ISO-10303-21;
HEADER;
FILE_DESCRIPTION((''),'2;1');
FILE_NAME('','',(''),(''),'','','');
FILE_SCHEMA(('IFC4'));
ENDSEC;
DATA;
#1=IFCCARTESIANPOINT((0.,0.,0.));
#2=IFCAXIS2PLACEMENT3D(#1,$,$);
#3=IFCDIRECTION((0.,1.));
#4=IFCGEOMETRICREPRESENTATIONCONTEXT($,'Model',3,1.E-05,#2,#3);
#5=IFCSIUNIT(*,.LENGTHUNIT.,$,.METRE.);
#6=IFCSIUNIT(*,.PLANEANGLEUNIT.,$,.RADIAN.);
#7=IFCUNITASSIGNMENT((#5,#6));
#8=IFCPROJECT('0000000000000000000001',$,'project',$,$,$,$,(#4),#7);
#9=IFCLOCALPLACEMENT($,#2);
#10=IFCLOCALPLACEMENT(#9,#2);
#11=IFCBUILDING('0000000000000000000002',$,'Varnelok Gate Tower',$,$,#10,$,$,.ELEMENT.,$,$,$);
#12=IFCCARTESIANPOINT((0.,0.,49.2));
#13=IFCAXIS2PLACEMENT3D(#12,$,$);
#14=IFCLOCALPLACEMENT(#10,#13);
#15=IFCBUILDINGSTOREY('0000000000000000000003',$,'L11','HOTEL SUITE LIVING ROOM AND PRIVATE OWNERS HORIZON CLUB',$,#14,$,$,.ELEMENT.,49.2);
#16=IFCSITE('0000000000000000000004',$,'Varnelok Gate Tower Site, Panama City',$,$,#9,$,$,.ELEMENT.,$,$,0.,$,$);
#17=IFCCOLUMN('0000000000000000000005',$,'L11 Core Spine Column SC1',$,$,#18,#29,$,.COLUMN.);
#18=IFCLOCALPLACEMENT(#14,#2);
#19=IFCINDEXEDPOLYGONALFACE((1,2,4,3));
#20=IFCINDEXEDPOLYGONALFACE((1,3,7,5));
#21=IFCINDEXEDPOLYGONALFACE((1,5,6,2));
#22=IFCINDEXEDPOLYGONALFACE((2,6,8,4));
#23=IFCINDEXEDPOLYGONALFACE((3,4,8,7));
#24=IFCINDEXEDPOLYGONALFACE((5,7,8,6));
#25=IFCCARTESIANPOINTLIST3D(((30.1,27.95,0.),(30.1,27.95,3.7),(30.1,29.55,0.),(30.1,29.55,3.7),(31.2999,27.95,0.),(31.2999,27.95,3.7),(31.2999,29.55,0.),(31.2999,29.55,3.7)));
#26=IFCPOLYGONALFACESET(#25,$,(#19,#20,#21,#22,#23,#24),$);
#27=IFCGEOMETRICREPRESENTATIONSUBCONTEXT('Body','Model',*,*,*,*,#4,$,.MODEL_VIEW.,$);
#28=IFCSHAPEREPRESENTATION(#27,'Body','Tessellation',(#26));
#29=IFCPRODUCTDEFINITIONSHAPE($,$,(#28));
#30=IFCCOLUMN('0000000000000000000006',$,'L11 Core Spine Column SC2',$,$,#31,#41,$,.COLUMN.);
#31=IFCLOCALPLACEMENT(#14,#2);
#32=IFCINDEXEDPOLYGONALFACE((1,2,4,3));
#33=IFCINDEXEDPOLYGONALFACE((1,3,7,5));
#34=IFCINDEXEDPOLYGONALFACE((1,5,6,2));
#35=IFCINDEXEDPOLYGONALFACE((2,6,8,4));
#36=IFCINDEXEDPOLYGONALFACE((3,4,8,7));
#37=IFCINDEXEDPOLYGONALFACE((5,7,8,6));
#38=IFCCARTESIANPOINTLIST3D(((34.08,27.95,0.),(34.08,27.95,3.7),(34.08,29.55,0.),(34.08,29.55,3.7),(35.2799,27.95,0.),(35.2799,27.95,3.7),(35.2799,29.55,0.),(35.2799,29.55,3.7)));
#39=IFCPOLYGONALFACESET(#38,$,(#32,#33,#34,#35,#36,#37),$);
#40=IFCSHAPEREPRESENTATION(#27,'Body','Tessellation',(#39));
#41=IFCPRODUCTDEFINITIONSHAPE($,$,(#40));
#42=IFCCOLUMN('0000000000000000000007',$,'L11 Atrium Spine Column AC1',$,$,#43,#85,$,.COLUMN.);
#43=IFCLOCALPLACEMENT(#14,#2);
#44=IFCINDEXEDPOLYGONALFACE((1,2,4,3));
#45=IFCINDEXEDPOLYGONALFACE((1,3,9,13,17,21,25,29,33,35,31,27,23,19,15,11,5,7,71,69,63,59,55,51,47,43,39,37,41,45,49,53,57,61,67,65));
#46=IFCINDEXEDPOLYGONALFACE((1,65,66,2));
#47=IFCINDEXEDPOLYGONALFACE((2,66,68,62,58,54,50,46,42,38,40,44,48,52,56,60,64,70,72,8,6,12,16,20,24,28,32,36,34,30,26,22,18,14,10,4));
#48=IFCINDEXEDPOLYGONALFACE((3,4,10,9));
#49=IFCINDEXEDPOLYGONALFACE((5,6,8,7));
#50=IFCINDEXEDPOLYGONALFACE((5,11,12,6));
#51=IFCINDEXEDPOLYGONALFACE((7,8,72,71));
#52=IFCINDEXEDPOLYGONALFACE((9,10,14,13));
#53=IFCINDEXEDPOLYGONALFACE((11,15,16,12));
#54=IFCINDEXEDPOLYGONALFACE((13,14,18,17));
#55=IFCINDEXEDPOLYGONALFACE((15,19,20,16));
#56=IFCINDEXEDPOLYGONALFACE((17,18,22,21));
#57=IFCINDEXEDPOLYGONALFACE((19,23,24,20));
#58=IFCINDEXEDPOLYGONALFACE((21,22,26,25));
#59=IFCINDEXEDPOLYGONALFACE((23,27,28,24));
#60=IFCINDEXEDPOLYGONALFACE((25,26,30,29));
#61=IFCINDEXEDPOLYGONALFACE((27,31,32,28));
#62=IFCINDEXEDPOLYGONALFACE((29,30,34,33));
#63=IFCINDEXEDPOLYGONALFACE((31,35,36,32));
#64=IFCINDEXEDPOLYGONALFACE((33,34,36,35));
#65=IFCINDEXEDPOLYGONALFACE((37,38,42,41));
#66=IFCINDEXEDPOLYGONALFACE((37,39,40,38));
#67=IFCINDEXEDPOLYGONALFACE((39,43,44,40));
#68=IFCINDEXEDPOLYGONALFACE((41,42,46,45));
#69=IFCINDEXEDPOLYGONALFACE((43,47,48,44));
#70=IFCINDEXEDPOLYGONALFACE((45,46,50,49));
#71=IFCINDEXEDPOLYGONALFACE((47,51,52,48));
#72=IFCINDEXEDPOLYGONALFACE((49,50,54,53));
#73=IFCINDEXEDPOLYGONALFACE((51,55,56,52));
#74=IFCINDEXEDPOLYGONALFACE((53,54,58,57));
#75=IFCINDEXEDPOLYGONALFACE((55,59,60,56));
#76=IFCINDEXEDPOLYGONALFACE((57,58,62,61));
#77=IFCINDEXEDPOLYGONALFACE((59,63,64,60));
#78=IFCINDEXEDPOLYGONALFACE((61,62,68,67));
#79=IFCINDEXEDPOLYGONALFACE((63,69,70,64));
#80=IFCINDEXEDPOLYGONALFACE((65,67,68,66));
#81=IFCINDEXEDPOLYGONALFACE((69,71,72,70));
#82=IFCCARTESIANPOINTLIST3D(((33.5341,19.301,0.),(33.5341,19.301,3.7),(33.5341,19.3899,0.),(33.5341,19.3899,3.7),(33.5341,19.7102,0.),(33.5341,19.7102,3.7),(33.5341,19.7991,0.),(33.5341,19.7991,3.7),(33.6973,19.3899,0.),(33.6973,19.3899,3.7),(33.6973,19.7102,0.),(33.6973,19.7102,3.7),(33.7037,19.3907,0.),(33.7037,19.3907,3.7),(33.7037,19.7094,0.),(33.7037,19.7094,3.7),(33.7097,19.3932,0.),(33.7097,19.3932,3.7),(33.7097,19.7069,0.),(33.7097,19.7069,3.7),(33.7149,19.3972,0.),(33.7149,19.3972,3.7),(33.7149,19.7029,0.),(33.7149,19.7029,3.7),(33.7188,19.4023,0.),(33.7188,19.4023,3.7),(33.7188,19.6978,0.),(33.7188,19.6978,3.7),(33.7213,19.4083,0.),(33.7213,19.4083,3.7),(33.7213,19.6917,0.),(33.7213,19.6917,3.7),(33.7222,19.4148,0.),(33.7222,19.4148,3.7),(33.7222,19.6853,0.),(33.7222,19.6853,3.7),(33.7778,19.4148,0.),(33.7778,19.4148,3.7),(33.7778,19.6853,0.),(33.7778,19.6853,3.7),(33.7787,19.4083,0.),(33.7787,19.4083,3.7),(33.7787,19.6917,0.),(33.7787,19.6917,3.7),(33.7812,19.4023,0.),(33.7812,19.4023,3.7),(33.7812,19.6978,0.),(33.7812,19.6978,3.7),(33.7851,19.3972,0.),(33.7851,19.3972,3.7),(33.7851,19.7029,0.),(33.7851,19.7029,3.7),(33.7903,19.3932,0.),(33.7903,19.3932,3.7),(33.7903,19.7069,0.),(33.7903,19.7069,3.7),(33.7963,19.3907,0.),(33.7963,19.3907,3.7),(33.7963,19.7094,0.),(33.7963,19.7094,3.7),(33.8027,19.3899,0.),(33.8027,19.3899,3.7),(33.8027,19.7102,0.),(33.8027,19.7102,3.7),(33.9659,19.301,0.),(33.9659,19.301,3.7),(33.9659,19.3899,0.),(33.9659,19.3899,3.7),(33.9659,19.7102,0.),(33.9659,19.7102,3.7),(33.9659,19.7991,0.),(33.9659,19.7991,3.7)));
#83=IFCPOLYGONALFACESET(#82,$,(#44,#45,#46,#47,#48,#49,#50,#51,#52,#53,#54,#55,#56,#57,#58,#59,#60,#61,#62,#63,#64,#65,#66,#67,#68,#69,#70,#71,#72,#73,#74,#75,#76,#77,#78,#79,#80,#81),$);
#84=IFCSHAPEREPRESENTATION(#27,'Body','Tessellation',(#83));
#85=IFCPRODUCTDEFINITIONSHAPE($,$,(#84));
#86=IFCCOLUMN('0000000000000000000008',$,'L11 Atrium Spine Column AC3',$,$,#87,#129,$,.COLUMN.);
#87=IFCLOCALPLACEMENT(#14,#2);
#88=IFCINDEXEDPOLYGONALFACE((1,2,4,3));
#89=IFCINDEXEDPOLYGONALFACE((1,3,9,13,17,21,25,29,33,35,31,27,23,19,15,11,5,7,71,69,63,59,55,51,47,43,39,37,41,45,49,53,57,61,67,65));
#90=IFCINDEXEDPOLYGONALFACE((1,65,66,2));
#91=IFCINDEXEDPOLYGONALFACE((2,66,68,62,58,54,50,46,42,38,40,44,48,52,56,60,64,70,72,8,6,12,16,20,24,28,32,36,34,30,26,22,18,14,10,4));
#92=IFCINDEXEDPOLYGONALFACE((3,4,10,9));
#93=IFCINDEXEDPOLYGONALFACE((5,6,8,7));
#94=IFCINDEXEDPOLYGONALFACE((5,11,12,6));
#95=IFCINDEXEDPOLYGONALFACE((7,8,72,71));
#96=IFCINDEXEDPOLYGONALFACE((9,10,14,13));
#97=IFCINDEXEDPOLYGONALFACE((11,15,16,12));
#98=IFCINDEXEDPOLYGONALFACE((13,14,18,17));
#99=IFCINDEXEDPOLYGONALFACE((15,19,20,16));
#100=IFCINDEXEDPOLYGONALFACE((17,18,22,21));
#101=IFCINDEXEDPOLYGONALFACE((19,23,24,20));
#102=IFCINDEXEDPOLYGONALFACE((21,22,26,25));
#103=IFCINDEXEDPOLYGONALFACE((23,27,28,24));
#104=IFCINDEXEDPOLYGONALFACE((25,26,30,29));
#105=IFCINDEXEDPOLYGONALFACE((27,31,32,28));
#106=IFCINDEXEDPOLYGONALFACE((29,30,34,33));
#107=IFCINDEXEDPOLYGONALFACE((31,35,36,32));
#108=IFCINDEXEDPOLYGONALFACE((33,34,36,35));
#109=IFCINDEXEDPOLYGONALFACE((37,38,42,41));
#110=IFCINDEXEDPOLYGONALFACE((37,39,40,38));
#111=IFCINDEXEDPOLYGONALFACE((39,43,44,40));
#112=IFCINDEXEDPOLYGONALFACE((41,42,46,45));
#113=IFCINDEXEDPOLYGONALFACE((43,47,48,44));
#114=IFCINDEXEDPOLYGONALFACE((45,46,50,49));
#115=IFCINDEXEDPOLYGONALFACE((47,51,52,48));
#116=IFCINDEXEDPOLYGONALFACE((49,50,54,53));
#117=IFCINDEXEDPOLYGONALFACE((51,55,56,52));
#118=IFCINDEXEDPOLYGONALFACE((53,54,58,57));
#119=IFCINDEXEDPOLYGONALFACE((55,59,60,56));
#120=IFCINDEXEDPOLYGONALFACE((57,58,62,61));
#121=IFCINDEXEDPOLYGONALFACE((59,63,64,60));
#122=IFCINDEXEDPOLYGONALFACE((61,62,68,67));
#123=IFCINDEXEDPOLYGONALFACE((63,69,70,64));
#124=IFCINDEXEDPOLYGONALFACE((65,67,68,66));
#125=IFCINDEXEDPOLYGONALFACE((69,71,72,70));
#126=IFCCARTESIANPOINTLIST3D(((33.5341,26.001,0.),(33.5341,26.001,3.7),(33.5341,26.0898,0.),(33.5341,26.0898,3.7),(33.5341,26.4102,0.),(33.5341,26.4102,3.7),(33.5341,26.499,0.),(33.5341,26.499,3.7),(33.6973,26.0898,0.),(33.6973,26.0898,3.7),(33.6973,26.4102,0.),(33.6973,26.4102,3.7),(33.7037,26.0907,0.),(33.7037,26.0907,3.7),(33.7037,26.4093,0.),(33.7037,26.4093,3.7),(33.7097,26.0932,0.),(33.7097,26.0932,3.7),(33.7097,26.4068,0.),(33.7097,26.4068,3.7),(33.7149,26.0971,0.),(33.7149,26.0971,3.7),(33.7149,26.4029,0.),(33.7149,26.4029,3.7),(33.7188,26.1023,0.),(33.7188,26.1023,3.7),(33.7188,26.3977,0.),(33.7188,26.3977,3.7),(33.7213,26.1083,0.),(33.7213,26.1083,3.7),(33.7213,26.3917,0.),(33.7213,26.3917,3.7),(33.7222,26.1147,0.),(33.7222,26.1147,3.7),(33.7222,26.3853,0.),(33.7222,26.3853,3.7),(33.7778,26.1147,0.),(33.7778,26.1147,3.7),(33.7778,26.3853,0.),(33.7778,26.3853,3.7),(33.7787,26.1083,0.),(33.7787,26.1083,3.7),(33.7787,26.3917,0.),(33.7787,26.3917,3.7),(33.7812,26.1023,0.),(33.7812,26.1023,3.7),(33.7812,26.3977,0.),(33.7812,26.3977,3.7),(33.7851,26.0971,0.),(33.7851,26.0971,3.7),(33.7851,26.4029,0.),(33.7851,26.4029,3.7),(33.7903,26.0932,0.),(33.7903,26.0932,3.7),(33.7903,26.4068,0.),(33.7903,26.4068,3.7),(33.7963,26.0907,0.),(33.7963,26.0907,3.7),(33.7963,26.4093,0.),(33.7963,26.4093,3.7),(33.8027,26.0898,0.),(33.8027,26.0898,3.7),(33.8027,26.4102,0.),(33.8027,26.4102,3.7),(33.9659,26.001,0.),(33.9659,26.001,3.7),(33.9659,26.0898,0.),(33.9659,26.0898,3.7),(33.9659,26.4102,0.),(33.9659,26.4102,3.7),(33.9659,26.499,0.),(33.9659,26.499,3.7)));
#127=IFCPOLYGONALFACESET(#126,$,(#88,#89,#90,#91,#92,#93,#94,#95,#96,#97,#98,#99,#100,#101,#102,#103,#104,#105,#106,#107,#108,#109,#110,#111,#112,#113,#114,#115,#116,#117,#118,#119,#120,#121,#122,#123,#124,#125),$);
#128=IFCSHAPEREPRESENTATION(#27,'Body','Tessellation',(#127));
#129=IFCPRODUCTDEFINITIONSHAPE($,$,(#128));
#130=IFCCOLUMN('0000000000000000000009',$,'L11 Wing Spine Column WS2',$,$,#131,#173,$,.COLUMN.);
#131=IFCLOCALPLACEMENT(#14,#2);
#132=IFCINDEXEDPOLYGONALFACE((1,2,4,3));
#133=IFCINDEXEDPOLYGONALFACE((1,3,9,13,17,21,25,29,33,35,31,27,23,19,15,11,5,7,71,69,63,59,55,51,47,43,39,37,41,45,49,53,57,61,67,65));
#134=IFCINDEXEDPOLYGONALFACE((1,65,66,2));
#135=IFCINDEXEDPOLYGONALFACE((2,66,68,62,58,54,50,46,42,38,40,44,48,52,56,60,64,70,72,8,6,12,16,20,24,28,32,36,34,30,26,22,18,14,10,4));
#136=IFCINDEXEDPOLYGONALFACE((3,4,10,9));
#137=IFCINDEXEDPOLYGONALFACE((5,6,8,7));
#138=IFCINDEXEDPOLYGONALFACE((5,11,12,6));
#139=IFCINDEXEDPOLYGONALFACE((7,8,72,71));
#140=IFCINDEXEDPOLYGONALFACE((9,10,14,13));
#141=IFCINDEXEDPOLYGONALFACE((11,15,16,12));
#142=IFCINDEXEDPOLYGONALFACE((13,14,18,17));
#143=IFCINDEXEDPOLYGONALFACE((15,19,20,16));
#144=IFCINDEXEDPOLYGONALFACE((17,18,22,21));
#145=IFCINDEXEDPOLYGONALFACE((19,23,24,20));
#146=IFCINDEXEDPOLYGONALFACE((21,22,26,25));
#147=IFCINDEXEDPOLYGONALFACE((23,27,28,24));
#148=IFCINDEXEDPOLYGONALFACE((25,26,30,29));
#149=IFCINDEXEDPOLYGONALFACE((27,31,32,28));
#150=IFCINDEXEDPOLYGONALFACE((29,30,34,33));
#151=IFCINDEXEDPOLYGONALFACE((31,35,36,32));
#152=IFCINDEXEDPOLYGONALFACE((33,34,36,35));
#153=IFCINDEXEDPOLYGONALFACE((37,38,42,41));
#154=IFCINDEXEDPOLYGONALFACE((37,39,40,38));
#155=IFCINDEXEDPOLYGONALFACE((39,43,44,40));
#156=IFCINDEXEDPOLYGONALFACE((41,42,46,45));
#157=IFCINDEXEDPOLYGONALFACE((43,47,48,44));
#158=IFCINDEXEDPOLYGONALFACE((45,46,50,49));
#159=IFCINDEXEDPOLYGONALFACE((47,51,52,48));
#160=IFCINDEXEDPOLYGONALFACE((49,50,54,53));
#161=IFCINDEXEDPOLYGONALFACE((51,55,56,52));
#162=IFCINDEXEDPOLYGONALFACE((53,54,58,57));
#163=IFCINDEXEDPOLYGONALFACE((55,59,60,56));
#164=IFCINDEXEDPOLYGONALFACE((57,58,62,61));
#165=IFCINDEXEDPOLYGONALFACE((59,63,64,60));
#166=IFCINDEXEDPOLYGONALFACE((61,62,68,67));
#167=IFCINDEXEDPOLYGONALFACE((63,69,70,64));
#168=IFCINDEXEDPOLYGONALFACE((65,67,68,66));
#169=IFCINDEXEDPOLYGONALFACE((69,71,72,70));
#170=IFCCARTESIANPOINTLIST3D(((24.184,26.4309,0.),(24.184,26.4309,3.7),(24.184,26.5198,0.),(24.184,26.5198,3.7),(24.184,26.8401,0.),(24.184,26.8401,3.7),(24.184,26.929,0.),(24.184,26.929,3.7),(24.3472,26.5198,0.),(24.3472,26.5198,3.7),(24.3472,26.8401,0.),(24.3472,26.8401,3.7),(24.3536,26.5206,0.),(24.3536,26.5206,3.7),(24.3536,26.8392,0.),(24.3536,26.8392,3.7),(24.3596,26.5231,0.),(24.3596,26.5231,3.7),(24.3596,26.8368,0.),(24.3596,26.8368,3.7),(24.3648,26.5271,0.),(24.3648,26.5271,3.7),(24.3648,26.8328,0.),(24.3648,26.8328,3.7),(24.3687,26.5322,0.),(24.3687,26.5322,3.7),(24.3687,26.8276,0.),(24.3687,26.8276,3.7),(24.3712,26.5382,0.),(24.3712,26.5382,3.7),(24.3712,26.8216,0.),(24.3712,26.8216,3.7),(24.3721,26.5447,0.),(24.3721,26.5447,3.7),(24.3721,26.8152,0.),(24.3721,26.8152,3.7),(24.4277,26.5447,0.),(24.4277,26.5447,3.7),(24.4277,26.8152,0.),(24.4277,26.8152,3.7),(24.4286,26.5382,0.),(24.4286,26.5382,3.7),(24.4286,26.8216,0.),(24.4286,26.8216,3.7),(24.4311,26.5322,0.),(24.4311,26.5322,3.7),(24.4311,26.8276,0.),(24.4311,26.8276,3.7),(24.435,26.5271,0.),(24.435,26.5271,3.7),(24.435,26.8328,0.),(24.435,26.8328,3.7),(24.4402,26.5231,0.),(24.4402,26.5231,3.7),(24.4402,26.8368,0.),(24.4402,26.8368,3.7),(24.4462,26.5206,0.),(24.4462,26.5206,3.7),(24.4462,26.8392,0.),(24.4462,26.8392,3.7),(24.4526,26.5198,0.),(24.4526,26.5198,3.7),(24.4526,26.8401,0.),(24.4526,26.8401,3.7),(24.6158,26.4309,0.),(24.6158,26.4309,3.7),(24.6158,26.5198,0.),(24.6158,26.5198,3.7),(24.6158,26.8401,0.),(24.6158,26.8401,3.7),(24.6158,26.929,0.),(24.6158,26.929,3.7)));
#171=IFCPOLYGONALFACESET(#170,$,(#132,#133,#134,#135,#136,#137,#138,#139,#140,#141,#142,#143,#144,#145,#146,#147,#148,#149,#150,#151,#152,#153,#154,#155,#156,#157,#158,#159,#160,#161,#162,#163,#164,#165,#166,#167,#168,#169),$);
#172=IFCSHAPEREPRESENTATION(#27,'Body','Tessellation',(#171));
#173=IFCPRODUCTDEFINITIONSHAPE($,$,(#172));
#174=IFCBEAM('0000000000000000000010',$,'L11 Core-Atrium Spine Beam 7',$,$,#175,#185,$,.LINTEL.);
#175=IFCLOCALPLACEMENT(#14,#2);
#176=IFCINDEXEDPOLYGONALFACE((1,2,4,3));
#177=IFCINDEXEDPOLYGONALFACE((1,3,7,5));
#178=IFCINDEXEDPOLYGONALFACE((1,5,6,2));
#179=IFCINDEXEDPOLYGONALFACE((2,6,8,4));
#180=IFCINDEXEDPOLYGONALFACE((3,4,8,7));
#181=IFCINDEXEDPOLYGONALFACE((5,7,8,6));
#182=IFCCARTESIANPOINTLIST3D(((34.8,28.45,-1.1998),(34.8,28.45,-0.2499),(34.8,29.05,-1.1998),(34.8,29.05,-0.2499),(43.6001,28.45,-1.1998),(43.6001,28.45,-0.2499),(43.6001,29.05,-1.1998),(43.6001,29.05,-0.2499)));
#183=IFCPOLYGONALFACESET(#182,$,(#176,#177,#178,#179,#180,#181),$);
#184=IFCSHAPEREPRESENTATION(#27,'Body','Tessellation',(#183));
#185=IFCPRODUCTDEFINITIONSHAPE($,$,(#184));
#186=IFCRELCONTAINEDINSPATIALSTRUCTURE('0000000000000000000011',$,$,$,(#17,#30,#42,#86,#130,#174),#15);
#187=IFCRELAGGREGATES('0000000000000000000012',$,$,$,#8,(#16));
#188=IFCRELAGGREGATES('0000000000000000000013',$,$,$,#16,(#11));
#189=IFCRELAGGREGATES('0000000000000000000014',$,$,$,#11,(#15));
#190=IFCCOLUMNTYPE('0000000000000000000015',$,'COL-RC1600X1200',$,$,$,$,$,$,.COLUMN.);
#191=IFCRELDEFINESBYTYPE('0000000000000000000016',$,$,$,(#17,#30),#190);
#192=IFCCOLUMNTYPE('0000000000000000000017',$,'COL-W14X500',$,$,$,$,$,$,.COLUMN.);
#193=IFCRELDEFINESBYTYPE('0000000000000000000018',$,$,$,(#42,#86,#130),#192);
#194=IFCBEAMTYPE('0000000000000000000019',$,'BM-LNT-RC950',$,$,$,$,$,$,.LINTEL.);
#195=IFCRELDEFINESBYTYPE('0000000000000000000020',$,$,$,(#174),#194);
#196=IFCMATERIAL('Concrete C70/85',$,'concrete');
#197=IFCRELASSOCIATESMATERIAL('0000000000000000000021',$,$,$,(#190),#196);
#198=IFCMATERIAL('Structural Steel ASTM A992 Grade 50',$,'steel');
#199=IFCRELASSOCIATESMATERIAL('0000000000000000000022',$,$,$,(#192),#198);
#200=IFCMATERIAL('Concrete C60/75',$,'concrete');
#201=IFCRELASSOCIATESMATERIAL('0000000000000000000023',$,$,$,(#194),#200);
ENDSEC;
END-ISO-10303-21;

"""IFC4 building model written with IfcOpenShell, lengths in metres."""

from ifc_helpers import new_model, si_unit, direction, frame, origin, origin_2d, place, context, subcontext, project, spatial, rectangle, i_section, extrude, material, material_profile, profile_set, type_object, element, save


model = new_model("IFC4")

# Units and contexts
model_context = context("Model", 3, precision=1e-05, world=origin(), true_north=direction((0.0, 1.0)))
body_context = subcontext(model_context, "Body", "Model", "MODEL_VIEW")
ifc_project = project(units=[si_unit("LENGTHUNIT", "METRE"), si_unit("PLANEANGLEUNIT", "RADIAN")], contexts=[model_context])

# Site, building, storey
site_placement = place(None, origin())
site = spatial("IfcSite", under=ifc_project, at=site_placement, Name="Varnelok Gate Tower Site, Panama City", CompositionType="ELEMENT", RefElevation=0.0)
building_placement = place(site_placement, origin())
building = spatial("IfcBuilding", under=site, at=building_placement, Name="Varnelok Gate Tower", CompositionType="ELEMENT")
storey_placement = place(building_placement, frame((0.0, 0.0, 49.2)))
storey = spatial("IfcBuildingStorey", under=building, at=storey_placement, Name="L11", Description="HOTEL SUITE LIVING ROOM AND PRIVATE OWNERS HORIZON CLUB", CompositionType="ELEMENT", Elevation=49.2)

# Columns
ifc_material_1 = material(Name="Concrete C70/85", Category="concrete")
ifc_material_profile_1 = material_profile(ifc_material_1, rectangle(XDim=1.2, YDim=1.6001, at=origin_2d()), Name="RC1600X1200")
ifc_profile_set_1 = profile_set([ifc_material_profile_1], Name="Concrete C70/85")
column_type_1 = type_object("IfcColumnType", Name="COL-RC1600X1200", PredefinedType="COLUMN", material=ifc_profile_set_1)
for number, where, z_axis, x_axis, name in (
    (1, (30.7, 28.75, 0.0), (0.0, 0.0, 1.0), (1.0, 0.0, 0.0), "L11 Core Spine Column SC1"),
    (2, (34.6799, 28.75, 0.0), (0.0, 0.0, 1.0), (1.0, 0.0, 0.0), "L11 Core Spine Column SC2"),
):
    element("IfcColumn", number, at=place(storey_placement, frame(where, z_axis=z_axis, x_axis=x_axis)), inside=storey, type_object=column_type_1, Name=name, PredefinedType="COLUMN", context=body_context, shape_type="SweptSolid", body=[
        extrude(rectangle(XDim=1.2, YDim=1.6001, at=origin_2d()), origin(), (0.0, 0.0, 1.0), 3.7),
    ])
ifc_material_2 = material(Name="Structural Steel ASTM A992 Grade 50", Category="steel")
ifc_material_profile_2 = material_profile(ifc_material_2, i_section(OverallWidth=0.4319, OverallDepth=0.498, WebThickness=0.0557, FlangeThickness=0.0889, FilletRadius=0.0249, at=origin_2d()), Name="W14X500")
ifc_profile_set_2 = profile_set([ifc_material_profile_2], Name="Structural Steel ASTM A992 Grade 50")
column_type_2 = type_object("IfcColumnType", Name="COL-W14X500", PredefinedType="COLUMN", material=ifc_profile_set_2)
for number, where, z_axis, x_axis, name in (
    (3, (33.75, 19.55, 0.0), (0.0, 0.0, 1.0), (1.0, 0.0, 0.0), "L11 Atrium Spine Column AC1"),
    (4, (33.75, 26.25, 0.0), (0.0, 0.0, 1.0), (1.0, 0.0, 0.0), "L11 Atrium Spine Column AC3"),
    (5, (24.3999, 26.6799, 0.0), (0.0, 0.0, 1.0), (1.0, 0.0, 0.0), "L11 Wing Spine Column WS2"),
):
    element("IfcColumn", number, at=place(storey_placement, frame(where, z_axis=z_axis, x_axis=x_axis)), inside=storey, type_object=column_type_2, Name=name, PredefinedType="COLUMN", context=body_context, shape_type="SweptSolid", body=[
        extrude(i_section(OverallWidth=0.4319, OverallDepth=0.498, WebThickness=0.0557, FlangeThickness=0.0889, FilletRadius=0.0249, at=origin_2d()), origin(), (0.0, 0.0, 1.0), 3.7),
    ])

# Beam
ifc_material_3 = material(Name="Concrete C60/75", Category="concrete")
ifc_material_profile_3 = material_profile(ifc_material_3, rectangle(XDim=0.6001, YDim=0.95, at=origin_2d()), Name="RC950X600")
ifc_profile_set_3 = profile_set([ifc_material_profile_3], Name="Concrete C60/75")
beam_type_1 = type_object("IfcBeamType", Name="BM-LNT-RC950", PredefinedType="LINTEL", material=ifc_profile_set_3)
beam_1_placement = place(storey_placement, frame((34.8, 28.75, -0.7249), z_axis=(1.0, 0.0, 0.0), x_axis=(0.0, 1.0, 0.0)))
element("IfcBeam", 6, at=beam_1_placement, inside=storey, type_object=beam_type_1, Name="L11 Core-Atrium Spine Beam 7", PredefinedType="LINTEL", context=body_context, shape_type="SweptSolid", body=[
    extrude(rectangle(XDim=0.6001, YDim=0.95, at=origin_2d()), origin(), (0.0, 0.0, 1.0), 8.8),
])

save(model, "model.ifc")
